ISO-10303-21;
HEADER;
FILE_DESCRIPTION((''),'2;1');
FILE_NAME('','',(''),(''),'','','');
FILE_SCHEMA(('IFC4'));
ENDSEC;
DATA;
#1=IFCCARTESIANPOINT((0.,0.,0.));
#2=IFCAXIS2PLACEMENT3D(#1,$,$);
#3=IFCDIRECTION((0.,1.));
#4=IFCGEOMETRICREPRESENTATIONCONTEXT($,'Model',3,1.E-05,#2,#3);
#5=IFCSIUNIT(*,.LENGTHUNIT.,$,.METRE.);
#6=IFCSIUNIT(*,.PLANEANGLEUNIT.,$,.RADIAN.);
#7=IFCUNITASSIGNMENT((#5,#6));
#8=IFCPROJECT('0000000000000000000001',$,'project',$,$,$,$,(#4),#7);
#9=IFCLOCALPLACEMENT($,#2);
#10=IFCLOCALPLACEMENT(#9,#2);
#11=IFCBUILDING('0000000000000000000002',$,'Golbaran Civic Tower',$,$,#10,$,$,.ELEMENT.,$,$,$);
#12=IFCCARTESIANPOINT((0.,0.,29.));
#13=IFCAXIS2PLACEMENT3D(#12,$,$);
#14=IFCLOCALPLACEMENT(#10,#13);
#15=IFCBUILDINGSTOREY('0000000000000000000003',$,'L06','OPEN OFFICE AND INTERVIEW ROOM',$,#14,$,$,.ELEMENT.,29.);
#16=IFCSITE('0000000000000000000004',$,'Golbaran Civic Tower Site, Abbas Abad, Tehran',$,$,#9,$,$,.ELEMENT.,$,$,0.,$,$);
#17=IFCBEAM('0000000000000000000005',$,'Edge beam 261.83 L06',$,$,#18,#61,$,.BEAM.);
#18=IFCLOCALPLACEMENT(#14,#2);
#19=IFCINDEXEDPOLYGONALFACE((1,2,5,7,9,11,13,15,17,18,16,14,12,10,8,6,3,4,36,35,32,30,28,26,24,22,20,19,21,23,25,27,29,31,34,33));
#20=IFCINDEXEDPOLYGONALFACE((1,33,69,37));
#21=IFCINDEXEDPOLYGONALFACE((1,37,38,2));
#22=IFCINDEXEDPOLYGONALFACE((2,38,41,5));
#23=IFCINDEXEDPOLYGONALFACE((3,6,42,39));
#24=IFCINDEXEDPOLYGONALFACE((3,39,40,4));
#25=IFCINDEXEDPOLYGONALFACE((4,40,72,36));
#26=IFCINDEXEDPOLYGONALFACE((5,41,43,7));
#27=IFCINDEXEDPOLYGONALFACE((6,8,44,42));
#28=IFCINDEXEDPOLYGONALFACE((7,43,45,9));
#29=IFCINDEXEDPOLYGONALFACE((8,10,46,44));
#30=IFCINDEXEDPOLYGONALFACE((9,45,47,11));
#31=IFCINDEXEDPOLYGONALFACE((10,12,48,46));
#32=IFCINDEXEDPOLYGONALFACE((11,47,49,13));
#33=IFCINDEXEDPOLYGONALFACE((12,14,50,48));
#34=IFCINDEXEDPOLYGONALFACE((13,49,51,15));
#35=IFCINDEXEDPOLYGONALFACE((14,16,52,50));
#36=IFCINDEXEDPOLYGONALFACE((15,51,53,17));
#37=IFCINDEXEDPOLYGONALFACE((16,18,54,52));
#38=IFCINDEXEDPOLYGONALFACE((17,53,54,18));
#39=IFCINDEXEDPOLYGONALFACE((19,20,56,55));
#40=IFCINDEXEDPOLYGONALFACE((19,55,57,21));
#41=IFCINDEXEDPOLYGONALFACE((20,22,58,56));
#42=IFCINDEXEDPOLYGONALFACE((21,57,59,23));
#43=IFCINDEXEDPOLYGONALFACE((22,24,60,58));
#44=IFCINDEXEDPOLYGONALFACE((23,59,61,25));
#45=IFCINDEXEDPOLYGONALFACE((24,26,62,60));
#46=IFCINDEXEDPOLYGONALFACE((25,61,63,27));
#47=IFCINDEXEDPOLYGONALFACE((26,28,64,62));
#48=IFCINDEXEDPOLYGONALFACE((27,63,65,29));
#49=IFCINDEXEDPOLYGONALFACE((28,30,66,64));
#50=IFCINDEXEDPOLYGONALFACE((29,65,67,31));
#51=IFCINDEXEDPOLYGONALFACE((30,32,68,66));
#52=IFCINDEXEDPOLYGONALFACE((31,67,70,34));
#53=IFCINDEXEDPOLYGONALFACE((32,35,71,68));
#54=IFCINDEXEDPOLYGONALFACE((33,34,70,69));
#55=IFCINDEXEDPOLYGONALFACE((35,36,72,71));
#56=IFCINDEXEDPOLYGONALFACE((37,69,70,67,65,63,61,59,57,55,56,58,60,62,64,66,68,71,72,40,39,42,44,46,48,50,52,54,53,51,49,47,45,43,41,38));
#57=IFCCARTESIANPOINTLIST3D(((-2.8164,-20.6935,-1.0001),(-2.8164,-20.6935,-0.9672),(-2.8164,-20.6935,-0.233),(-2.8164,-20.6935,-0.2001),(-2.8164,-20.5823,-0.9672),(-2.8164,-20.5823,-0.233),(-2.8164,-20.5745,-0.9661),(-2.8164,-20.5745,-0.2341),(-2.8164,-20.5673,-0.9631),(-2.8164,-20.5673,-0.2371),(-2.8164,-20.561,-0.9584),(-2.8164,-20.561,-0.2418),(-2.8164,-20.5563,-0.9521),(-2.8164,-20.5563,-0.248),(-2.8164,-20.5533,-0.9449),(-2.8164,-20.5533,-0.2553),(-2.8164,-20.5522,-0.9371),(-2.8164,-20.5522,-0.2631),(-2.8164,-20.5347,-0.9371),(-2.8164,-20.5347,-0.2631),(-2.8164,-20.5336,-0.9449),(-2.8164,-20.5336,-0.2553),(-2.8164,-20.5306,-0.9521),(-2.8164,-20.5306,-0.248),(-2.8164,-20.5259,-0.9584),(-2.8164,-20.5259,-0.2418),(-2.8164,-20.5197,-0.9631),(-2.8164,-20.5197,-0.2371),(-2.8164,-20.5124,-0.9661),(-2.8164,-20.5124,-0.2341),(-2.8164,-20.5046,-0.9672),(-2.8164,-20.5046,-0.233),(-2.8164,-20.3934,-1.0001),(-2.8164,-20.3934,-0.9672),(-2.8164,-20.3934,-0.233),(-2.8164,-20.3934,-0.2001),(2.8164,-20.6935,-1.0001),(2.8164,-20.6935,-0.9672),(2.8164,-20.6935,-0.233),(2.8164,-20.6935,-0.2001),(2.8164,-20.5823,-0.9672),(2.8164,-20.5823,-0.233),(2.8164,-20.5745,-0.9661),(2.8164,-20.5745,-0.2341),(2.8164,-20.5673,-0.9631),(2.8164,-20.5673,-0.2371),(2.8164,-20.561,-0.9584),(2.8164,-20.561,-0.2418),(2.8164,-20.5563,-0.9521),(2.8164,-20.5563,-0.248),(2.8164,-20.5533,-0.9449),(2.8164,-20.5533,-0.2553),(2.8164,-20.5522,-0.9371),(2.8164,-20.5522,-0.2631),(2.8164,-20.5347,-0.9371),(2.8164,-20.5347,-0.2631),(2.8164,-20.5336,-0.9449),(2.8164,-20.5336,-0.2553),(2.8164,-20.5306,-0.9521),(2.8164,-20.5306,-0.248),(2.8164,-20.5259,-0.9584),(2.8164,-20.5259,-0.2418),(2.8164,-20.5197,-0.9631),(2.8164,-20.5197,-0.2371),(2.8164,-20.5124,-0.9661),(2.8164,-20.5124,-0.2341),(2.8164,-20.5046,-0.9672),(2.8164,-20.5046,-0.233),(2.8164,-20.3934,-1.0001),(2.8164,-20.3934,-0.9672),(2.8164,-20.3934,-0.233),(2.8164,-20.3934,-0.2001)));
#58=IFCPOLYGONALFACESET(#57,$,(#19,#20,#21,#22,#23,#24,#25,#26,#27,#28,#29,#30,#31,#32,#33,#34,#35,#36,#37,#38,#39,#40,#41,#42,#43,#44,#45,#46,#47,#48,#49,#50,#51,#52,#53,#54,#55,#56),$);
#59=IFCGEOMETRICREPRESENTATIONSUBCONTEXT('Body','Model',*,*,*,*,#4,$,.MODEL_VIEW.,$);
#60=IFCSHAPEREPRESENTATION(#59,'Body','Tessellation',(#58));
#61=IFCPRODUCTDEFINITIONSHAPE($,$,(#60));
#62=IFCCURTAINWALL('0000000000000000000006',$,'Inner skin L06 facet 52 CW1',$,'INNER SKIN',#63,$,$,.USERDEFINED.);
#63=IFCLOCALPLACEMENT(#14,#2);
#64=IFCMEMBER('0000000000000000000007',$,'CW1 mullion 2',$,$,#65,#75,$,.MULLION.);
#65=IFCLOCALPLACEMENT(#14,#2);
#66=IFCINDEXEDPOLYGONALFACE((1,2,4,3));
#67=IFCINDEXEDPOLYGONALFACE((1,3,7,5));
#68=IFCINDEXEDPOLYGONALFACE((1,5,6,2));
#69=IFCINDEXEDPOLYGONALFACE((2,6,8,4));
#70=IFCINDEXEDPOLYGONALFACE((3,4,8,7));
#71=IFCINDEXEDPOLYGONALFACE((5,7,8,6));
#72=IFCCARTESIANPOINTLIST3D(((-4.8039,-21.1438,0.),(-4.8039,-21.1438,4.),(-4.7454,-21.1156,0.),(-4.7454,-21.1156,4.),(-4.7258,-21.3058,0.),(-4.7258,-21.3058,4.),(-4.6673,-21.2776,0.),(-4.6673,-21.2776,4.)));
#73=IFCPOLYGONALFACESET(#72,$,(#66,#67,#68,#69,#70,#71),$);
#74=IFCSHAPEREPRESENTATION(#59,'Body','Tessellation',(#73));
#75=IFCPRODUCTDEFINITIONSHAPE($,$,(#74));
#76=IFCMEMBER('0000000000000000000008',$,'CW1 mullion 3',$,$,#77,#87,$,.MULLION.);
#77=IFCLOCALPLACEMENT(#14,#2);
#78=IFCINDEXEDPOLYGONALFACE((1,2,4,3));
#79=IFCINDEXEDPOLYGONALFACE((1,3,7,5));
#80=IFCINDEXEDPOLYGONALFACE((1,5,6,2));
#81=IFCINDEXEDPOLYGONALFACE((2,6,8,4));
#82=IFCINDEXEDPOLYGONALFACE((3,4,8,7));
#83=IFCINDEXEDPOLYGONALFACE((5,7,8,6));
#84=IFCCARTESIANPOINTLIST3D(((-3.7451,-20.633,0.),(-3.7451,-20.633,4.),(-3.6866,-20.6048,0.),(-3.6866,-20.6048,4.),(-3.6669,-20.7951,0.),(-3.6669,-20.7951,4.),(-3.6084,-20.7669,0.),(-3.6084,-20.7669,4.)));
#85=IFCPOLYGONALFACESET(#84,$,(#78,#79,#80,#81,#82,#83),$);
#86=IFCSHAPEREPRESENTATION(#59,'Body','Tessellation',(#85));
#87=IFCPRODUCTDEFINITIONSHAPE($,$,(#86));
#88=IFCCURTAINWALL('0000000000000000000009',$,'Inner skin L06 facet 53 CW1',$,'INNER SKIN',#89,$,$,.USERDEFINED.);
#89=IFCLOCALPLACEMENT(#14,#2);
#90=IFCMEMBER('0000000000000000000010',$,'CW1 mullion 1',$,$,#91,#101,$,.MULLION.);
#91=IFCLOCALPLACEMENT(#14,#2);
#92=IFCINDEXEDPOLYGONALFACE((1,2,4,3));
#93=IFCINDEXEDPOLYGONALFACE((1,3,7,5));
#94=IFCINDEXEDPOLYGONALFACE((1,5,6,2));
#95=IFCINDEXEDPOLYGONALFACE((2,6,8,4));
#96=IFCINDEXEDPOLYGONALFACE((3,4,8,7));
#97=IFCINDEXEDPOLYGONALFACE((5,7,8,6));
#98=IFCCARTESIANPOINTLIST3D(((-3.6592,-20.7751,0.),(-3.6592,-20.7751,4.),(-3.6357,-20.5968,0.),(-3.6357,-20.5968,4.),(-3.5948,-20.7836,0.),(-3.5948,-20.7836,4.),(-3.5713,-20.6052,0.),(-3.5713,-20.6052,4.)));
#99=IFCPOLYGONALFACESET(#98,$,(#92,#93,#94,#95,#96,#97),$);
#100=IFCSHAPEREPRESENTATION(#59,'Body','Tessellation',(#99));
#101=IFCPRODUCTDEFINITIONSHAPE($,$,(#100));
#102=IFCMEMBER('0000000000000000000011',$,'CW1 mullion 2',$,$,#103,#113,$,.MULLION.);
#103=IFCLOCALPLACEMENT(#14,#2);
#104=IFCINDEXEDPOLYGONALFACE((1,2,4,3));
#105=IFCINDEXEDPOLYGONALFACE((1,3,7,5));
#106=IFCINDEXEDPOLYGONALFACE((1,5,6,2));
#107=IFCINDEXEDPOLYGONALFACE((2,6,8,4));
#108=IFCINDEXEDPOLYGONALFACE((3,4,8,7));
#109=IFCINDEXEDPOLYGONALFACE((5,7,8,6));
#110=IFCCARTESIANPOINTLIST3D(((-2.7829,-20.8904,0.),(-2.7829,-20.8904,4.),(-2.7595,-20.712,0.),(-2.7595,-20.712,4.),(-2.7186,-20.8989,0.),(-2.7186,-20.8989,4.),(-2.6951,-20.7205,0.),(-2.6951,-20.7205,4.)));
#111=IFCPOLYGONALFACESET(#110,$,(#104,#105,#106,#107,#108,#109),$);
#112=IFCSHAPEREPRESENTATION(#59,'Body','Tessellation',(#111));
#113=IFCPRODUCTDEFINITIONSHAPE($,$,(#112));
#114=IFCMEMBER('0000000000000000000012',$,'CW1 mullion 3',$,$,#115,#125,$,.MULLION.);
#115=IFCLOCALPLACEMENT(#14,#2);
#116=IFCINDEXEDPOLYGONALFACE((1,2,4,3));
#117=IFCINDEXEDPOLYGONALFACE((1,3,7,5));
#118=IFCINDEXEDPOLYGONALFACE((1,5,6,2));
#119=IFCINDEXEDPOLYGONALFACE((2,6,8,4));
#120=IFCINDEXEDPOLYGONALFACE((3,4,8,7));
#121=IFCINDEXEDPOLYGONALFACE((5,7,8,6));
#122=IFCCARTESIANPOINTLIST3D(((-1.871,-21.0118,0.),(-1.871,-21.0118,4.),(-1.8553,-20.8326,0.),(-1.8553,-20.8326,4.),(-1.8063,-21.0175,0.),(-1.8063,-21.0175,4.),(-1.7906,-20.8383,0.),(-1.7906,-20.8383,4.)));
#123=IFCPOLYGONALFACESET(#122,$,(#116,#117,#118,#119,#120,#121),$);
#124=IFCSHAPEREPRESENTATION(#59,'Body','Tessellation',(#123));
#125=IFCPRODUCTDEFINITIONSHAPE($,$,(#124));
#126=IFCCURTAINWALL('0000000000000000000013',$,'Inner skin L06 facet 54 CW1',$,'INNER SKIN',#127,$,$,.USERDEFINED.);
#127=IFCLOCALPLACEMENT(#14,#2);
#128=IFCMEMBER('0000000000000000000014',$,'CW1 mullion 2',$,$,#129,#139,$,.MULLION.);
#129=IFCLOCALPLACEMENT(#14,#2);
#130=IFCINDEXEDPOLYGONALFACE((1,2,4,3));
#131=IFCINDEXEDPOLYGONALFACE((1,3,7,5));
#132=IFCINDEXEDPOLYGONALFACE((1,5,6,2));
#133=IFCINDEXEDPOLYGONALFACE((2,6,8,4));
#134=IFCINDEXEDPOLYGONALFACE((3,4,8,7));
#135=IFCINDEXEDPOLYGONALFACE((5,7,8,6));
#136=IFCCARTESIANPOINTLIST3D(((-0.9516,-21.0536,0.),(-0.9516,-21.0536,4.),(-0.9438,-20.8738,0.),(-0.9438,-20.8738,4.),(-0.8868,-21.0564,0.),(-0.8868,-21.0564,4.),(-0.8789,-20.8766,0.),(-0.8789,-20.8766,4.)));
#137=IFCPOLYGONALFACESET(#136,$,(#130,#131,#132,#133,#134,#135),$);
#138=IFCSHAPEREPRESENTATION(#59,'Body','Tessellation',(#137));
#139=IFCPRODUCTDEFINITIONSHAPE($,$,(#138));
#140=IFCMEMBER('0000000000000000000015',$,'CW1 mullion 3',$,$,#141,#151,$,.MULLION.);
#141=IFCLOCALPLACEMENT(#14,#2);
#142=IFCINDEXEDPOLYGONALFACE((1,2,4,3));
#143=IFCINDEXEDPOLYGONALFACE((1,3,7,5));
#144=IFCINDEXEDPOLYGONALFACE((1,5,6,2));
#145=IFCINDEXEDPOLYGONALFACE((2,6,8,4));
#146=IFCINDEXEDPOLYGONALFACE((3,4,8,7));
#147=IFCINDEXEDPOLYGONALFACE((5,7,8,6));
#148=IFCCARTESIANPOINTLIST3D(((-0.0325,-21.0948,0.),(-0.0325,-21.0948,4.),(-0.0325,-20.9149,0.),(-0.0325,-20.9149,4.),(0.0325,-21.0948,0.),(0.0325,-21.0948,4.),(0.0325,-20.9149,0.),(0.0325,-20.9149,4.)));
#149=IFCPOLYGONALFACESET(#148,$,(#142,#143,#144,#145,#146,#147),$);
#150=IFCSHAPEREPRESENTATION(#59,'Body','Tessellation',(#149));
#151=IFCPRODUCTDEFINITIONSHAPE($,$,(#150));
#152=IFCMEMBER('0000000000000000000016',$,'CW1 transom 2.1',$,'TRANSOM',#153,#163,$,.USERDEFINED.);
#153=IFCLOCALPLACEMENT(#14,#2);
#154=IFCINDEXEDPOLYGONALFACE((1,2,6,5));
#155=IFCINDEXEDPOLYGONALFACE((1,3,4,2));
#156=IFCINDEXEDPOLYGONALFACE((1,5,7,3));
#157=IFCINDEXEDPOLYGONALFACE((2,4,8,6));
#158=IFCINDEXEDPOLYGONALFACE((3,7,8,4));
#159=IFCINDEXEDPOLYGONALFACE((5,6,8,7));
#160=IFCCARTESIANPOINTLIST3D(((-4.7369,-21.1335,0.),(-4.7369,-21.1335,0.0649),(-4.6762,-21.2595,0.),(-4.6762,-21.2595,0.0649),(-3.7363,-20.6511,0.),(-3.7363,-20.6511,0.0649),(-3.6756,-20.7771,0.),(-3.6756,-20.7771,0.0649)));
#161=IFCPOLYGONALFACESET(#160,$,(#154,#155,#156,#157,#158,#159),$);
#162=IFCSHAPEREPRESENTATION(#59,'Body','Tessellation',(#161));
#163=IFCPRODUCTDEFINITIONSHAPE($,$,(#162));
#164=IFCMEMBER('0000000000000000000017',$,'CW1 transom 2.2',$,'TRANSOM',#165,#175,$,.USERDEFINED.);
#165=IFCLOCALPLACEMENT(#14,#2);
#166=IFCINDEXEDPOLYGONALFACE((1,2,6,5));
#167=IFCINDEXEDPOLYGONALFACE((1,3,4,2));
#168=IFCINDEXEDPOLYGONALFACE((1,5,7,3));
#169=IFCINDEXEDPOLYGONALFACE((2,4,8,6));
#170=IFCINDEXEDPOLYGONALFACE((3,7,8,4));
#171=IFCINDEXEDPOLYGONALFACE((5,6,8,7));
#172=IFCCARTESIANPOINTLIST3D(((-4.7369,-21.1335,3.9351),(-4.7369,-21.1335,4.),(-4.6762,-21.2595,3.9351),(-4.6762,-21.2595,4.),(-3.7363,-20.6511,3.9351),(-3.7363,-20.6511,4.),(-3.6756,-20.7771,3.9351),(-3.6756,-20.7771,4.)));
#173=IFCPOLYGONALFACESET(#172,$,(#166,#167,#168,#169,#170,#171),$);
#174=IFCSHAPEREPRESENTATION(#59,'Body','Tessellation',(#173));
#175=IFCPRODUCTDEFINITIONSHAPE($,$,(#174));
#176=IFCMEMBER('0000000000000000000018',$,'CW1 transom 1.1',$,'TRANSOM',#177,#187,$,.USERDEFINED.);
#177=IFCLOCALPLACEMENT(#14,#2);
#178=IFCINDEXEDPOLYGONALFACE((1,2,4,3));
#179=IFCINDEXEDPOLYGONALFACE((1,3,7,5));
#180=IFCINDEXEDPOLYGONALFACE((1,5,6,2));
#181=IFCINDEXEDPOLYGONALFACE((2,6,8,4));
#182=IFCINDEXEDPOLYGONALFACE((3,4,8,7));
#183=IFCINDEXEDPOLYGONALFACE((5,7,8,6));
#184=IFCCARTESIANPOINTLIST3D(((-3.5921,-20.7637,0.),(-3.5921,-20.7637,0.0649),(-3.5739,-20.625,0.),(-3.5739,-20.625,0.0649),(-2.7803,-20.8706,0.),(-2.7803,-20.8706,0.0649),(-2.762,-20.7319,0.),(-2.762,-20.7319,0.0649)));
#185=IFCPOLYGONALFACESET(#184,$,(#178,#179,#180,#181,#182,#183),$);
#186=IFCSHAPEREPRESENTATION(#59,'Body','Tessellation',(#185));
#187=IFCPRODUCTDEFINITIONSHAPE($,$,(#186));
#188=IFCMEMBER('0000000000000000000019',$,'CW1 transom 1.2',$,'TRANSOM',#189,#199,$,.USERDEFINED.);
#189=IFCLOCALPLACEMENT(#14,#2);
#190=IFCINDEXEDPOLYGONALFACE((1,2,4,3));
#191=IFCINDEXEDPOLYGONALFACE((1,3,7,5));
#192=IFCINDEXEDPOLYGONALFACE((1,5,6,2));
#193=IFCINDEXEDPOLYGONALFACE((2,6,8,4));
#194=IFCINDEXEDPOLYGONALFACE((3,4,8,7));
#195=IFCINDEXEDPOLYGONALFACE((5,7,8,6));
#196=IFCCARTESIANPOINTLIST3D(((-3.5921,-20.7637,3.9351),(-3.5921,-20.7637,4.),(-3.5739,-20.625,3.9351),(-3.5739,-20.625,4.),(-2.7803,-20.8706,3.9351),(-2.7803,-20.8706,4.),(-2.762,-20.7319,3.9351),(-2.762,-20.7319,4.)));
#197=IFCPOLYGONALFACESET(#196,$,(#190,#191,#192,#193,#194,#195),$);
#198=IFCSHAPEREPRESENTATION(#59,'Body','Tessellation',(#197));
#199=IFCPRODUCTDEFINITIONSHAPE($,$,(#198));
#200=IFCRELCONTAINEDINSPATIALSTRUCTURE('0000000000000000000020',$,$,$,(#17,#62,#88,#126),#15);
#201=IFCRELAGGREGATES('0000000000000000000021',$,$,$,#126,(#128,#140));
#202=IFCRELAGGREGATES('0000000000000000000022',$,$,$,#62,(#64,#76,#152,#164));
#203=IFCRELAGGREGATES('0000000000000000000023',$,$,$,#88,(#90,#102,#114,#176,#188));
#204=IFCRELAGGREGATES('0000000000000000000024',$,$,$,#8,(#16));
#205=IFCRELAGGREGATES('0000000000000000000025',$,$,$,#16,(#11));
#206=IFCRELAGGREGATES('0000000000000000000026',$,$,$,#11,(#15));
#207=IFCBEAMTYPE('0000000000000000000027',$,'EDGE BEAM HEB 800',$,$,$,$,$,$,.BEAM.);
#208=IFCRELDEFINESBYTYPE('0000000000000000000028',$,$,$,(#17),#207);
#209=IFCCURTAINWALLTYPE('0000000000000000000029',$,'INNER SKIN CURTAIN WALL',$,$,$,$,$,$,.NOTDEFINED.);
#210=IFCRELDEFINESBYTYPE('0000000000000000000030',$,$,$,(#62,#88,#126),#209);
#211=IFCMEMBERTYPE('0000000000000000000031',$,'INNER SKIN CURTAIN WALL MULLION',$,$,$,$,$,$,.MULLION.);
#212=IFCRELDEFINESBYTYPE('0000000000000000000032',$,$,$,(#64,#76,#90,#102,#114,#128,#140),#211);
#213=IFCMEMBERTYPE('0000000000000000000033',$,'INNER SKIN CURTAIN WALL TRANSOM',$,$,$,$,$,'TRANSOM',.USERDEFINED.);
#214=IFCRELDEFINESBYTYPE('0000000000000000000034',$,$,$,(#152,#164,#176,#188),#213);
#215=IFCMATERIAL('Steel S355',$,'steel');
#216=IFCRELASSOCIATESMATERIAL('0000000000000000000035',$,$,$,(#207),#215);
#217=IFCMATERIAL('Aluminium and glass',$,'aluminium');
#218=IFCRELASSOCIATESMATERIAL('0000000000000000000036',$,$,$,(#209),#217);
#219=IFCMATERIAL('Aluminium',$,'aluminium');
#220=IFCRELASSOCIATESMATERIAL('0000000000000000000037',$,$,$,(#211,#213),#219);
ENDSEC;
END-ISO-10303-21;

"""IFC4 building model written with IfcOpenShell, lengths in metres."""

from ifc_helpers import new_model, si_unit, direction, frame, origin, origin_2d, place, context, subcontext, project, spatial, rectangle, i_section, extrude, material, material_profile, profile_set, type_object, element, aggregate, save


model = new_model("IFC4")

# Units and contexts
model_context = context("Model", 3, precision=1e-05, world=origin(), true_north=direction((0.0, 1.0)))
body_context = subcontext(model_context, "Body", "Model", "MODEL_VIEW")
ifc_project = project(units=[si_unit("LENGTHUNIT", "METRE"), si_unit("PLANEANGLEUNIT", "RADIAN")], contexts=[model_context])

# Site, building, storey
site_placement = place(None, origin())
site = spatial("IfcSite", under=ifc_project, at=site_placement, Name="Golbaran Civic Tower Site, Abbas Abad, Tehran", CompositionType="ELEMENT", RefElevation=0.0)
building_placement = place(site_placement, origin())
building = spatial("IfcBuilding", under=site, at=building_placement, Name="Golbaran Civic Tower", CompositionType="ELEMENT")
storey_placement = place(building_placement, frame((0.0, 0.0, 29.0)))
storey = spatial("IfcBuildingStorey", under=building, at=storey_placement, Name="L06", Description="OPEN OFFICE AND INTERVIEW ROOM", CompositionType="ELEMENT", Elevation=29.0)

# Beam
ifc_material_1 = material(Name="Steel S355", Category="steel")
ifc_material_profile_1 = material_profile(ifc_material_1, i_section(OverallWidth=0.3, OverallDepth=0.8, WebThickness=0.0176, FlangeThickness=0.033, FilletRadius=0.03, at=origin_2d()), Name="HEB 800")
ifc_profile_set_1 = profile_set([ifc_material_profile_1], Name="Steel S355")
beam_type = type_object("IfcBeamType", Name="EDGE BEAM HEB 800", PredefinedType="BEAM", material=ifc_profile_set_1)
beam_placement = place(storey_placement, frame((-2.8164, -20.5435, -0.6001), z_axis=(1.0, 0.0, 0.0), x_axis=(0.0, 1.0, 0.0)))
element("IfcBeam", 1, at=beam_placement, inside=storey, type_object=beam_type, Name="Edge beam 261.83 L06", PredefinedType="BEAM", context=body_context, shape_type="SweptSolid", body=[
    extrude(i_section(OverallWidth=0.3, OverallDepth=0.8, WebThickness=0.0176, FlangeThickness=0.033, FilletRadius=0.03, at=origin_2d()), origin(), (0.0, 0.0, 1.0), 5.6328),
])

# Curtain walls, members
ifc_material_2 = material(Name="Aluminium and glass", Category="aluminium")
curtain_wall_type = type_object("IfcCurtainWallType", Name="INNER SKIN CURTAIN WALL", PredefinedType="NOTDEFINED", material=ifc_material_2)
curtain_wall_1_placement = place(storey_placement, origin())
curtain_wall_1 = element("IfcCurtainWall", 2, at=curtain_wall_1_placement, inside=storey, type_object=curtain_wall_type, Name="Inner skin L06 facet 52 CW1", ObjectType="INNER SKIN", PredefinedType="USERDEFINED")
ifc_material_3 = material(Name="Aluminium", Category="aluminium")
ifc_material_profile_2 = material_profile(ifc_material_3, rectangle(XDim=0.1799, YDim=0.0649, at=origin_2d()), Name="INNER SKIN CURTAIN WALL MULLION")
ifc_profile_set_2 = profile_set([ifc_material_profile_2], Name="Aluminium")
member_type_1 = type_object("IfcMemberType", Name="INNER SKIN CURTAIN WALL MULLION", PredefinedType="MULLION", material=ifc_profile_set_2)
member_1_placement = place(storey_placement, frame((-4.7356, -21.2107, 0.0), z_axis=(0.0, 0.0, 1.0), x_axis=(-0.434302, 0.900767, 0.0)))
member_1 = element("IfcMember", 3, at=member_1_placement, type_object=member_type_1, Name="CW1 mullion 2", PredefinedType="MULLION", context=body_context, shape_type="SweptSolid", body=[
    extrude(rectangle(XDim=0.1799, YDim=0.0649, at=origin_2d()), origin(), (0.0, 0.0, 1.0), 4.0),
])
member_2_placement = place(storey_placement, frame((-3.6768, -20.7, 0.0), z_axis=(0.0, 0.0, 1.0), x_axis=(-0.434302, 0.900767, 0.0)))
member_2 = element("IfcMember", 4, at=member_2_placement, type_object=member_type_1, Name="CW1 mullion 3", PredefinedType="MULLION", context=body_context, shape_type="SweptSolid", body=[
    extrude(rectangle(XDim=0.1799, YDim=0.0649, at=origin_2d()), origin(), (0.0, 0.0, 1.0), 4.0),
])
curtain_wall_2_placement = place(storey_placement, origin())
curtain_wall_2 = element("IfcCurtainWall", 5, at=curtain_wall_2_placement, inside=storey, type_object=curtain_wall_type, Name="Inner skin L06 facet 53 CW1", ObjectType="INNER SKIN", PredefinedType="USERDEFINED")
member_3_placement = place(storey_placement, frame((-3.6152, -20.6902, 0.0), z_axis=(0.0, 0.0, 1.0), x_axis=(0.130526, 0.991445, 0.0)))
member_3 = element("IfcMember", 6, at=member_3_placement, type_object=member_type_1, Name="CW1 mullion 1", PredefinedType="MULLION", context=body_context, shape_type="SweptSolid", body=[
    extrude(rectangle(XDim=0.1799, YDim=0.0649, at=origin_2d()), origin(), (0.0, 0.0, 1.0), 4.0),
])
member_4_placement = place(storey_placement, frame((-2.739, -20.8054, 0.0), z_axis=(0.0, 0.0, 1.0), x_axis=(0.130526, 0.991445, 0.0)))
member_4 = element("IfcMember", 7, at=member_4_placement, type_object=member_type_1, Name="CW1 mullion 2", PredefinedType="MULLION", context=body_context, shape_type="SweptSolid", body=[
    extrude(rectangle(XDim=0.1799, YDim=0.0649, at=origin_2d()), origin(), (0.0, 0.0, 1.0), 4.0),
])
member_5_placement = place(storey_placement, frame((-1.8308, -20.925, 0.0), z_axis=(0.0, 0.0, 1.0), x_axis=(0.087156, 0.996195, 0.0)))
member_5 = element("IfcMember", 8, at=member_5_placement, type_object=member_type_1, Name="CW1 mullion 3", PredefinedType="MULLION", context=body_context, shape_type="SweptSolid", body=[
    extrude(rectangle(XDim=0.1799, YDim=0.0649, at=origin_2d()), origin(), (0.0, 0.0, 1.0), 4.0),
])
curtain_wall_3_placement = place(storey_placement, origin())
curtain_wall_3 = element("IfcCurtainWall", 9, at=curtain_wall_3_placement, inside=storey, type_object=curtain_wall_type, Name="Inner skin L06 facet 54 CW1", ObjectType="INNER SKIN", PredefinedType="USERDEFINED")
member_6_placement = place(storey_placement, frame((-0.9153, -20.9651, 0.0), z_axis=(0.0, 0.0, 1.0), x_axis=(0.043619, 0.999048, 0.0)))
member_6 = element("IfcMember", 10, at=member_6_placement, type_object=member_type_1, Name="CW1 mullion 2", PredefinedType="MULLION", context=body_context, shape_type="SweptSolid", body=[
    extrude(rectangle(XDim=0.1799, YDim=0.0649, at=origin_2d()), origin(), (0.0, 0.0, 1.0), 4.0),
])
member_7_placement = place(storey_placement, frame((0.0, -21.0049, 0.0), z_axis=(0.0, 0.0, 1.0), x_axis=(0.0, 1.0, 0.0)))
member_7 = element("IfcMember", 11, at=member_7_placement, type_object=member_type_1, Name="CW1 mullion 3", PredefinedType="MULLION", context=body_context, shape_type="SweptSolid", body=[
    extrude(rectangle(XDim=0.1799, YDim=0.0649, at=origin_2d()), origin(), (0.0, 0.0, 1.0), 4.0),
])

# Members
ifc_material_profile_3 = material_profile(ifc_material_3, rectangle(XDim=0.1399, YDim=0.0649, at=origin_2d()), Name="INNER SKIN CURTAIN WALL TRANSOM")
ifc_profile_set_3 = profile_set([ifc_material_profile_3], Name="Aluminium")
member_type_2 = type_object("IfcMemberType", Name="INNER SKIN CURTAIN WALL TRANSOM", ElementType="TRANSOM", PredefinedType="USERDEFINED", material=ifc_profile_set_3)
member_8_placement = place(storey_placement, frame((-4.7065, -21.1965, 0.0325), z_axis=(0.900753, 0.434331, 0.0), x_axis=(-0.434331, 0.900753, 0.0)))
member_8 = element("IfcMember", 12, at=member_8_placement, type_object=member_type_2, Name="CW1 transom 2.1", ObjectType="TRANSOM", PredefinedType="USERDEFINED", context=body_context, shape_type="SweptSolid", body=[
    extrude(rectangle(XDim=0.1399, YDim=0.0649, at=origin_2d()), origin(), (0.0, 0.0, 1.0), 1.1108),
])
member_9_placement = place(storey_placement, frame((-4.7065, -21.1965, 3.9675), z_axis=(0.900753, 0.434331, 0.0), x_axis=(-0.434331, 0.900753, 0.0)))
member_9 = element("IfcMember", 13, at=member_9_placement, type_object=member_type_2, Name="CW1 transom 2.2", ObjectType="TRANSOM", PredefinedType="USERDEFINED", context=body_context, shape_type="SweptSolid", body=[
    extrude(rectangle(XDim=0.1399, YDim=0.0649, at=origin_2d()), origin(), (0.0, 0.0, 1.0), 1.1108),
])
member_10_placement = place(storey_placement, frame((-3.583, -20.6943, 0.0325), z_axis=(0.991435, -0.130601, 0.0), x_axis=(0.130601, 0.991435, 0.0)))
member_10 = element("IfcMember", 14, at=member_10_placement, type_object=member_type_2, Name="CW1 transom 1.1", ObjectType="TRANSOM", PredefinedType="USERDEFINED", context=body_context, shape_type="SweptSolid", body=[
    extrude(rectangle(XDim=0.1399, YDim=0.0649, at=origin_2d()), origin(), (0.0, 0.0, 1.0), 0.8188),
])
member_11_placement = place(storey_placement, frame((-3.583, -20.6943, 3.9675), z_axis=(0.991435, -0.130601, 0.0), x_axis=(0.130601, 0.991435, 0.0)))
member_11 = element("IfcMember", 15, at=member_11_placement, type_object=member_type_2, Name="CW1 transom 1.2", ObjectType="TRANSOM", PredefinedType="USERDEFINED", context=body_context, shape_type="SweptSolid", body=[
    extrude(rectangle(XDim=0.1399, YDim=0.0649, at=origin_2d()), origin(), (0.0, 0.0, 1.0), 0.8188),
])

aggregate(curtain_wall_3, [member_6, member_7])
aggregate(curtain_wall_1, [member_1, member_2, member_8, member_9])
aggregate(curtain_wall_2, [member_3, member_4, member_5, member_10, member_11])

save(model, "model.ifc")
